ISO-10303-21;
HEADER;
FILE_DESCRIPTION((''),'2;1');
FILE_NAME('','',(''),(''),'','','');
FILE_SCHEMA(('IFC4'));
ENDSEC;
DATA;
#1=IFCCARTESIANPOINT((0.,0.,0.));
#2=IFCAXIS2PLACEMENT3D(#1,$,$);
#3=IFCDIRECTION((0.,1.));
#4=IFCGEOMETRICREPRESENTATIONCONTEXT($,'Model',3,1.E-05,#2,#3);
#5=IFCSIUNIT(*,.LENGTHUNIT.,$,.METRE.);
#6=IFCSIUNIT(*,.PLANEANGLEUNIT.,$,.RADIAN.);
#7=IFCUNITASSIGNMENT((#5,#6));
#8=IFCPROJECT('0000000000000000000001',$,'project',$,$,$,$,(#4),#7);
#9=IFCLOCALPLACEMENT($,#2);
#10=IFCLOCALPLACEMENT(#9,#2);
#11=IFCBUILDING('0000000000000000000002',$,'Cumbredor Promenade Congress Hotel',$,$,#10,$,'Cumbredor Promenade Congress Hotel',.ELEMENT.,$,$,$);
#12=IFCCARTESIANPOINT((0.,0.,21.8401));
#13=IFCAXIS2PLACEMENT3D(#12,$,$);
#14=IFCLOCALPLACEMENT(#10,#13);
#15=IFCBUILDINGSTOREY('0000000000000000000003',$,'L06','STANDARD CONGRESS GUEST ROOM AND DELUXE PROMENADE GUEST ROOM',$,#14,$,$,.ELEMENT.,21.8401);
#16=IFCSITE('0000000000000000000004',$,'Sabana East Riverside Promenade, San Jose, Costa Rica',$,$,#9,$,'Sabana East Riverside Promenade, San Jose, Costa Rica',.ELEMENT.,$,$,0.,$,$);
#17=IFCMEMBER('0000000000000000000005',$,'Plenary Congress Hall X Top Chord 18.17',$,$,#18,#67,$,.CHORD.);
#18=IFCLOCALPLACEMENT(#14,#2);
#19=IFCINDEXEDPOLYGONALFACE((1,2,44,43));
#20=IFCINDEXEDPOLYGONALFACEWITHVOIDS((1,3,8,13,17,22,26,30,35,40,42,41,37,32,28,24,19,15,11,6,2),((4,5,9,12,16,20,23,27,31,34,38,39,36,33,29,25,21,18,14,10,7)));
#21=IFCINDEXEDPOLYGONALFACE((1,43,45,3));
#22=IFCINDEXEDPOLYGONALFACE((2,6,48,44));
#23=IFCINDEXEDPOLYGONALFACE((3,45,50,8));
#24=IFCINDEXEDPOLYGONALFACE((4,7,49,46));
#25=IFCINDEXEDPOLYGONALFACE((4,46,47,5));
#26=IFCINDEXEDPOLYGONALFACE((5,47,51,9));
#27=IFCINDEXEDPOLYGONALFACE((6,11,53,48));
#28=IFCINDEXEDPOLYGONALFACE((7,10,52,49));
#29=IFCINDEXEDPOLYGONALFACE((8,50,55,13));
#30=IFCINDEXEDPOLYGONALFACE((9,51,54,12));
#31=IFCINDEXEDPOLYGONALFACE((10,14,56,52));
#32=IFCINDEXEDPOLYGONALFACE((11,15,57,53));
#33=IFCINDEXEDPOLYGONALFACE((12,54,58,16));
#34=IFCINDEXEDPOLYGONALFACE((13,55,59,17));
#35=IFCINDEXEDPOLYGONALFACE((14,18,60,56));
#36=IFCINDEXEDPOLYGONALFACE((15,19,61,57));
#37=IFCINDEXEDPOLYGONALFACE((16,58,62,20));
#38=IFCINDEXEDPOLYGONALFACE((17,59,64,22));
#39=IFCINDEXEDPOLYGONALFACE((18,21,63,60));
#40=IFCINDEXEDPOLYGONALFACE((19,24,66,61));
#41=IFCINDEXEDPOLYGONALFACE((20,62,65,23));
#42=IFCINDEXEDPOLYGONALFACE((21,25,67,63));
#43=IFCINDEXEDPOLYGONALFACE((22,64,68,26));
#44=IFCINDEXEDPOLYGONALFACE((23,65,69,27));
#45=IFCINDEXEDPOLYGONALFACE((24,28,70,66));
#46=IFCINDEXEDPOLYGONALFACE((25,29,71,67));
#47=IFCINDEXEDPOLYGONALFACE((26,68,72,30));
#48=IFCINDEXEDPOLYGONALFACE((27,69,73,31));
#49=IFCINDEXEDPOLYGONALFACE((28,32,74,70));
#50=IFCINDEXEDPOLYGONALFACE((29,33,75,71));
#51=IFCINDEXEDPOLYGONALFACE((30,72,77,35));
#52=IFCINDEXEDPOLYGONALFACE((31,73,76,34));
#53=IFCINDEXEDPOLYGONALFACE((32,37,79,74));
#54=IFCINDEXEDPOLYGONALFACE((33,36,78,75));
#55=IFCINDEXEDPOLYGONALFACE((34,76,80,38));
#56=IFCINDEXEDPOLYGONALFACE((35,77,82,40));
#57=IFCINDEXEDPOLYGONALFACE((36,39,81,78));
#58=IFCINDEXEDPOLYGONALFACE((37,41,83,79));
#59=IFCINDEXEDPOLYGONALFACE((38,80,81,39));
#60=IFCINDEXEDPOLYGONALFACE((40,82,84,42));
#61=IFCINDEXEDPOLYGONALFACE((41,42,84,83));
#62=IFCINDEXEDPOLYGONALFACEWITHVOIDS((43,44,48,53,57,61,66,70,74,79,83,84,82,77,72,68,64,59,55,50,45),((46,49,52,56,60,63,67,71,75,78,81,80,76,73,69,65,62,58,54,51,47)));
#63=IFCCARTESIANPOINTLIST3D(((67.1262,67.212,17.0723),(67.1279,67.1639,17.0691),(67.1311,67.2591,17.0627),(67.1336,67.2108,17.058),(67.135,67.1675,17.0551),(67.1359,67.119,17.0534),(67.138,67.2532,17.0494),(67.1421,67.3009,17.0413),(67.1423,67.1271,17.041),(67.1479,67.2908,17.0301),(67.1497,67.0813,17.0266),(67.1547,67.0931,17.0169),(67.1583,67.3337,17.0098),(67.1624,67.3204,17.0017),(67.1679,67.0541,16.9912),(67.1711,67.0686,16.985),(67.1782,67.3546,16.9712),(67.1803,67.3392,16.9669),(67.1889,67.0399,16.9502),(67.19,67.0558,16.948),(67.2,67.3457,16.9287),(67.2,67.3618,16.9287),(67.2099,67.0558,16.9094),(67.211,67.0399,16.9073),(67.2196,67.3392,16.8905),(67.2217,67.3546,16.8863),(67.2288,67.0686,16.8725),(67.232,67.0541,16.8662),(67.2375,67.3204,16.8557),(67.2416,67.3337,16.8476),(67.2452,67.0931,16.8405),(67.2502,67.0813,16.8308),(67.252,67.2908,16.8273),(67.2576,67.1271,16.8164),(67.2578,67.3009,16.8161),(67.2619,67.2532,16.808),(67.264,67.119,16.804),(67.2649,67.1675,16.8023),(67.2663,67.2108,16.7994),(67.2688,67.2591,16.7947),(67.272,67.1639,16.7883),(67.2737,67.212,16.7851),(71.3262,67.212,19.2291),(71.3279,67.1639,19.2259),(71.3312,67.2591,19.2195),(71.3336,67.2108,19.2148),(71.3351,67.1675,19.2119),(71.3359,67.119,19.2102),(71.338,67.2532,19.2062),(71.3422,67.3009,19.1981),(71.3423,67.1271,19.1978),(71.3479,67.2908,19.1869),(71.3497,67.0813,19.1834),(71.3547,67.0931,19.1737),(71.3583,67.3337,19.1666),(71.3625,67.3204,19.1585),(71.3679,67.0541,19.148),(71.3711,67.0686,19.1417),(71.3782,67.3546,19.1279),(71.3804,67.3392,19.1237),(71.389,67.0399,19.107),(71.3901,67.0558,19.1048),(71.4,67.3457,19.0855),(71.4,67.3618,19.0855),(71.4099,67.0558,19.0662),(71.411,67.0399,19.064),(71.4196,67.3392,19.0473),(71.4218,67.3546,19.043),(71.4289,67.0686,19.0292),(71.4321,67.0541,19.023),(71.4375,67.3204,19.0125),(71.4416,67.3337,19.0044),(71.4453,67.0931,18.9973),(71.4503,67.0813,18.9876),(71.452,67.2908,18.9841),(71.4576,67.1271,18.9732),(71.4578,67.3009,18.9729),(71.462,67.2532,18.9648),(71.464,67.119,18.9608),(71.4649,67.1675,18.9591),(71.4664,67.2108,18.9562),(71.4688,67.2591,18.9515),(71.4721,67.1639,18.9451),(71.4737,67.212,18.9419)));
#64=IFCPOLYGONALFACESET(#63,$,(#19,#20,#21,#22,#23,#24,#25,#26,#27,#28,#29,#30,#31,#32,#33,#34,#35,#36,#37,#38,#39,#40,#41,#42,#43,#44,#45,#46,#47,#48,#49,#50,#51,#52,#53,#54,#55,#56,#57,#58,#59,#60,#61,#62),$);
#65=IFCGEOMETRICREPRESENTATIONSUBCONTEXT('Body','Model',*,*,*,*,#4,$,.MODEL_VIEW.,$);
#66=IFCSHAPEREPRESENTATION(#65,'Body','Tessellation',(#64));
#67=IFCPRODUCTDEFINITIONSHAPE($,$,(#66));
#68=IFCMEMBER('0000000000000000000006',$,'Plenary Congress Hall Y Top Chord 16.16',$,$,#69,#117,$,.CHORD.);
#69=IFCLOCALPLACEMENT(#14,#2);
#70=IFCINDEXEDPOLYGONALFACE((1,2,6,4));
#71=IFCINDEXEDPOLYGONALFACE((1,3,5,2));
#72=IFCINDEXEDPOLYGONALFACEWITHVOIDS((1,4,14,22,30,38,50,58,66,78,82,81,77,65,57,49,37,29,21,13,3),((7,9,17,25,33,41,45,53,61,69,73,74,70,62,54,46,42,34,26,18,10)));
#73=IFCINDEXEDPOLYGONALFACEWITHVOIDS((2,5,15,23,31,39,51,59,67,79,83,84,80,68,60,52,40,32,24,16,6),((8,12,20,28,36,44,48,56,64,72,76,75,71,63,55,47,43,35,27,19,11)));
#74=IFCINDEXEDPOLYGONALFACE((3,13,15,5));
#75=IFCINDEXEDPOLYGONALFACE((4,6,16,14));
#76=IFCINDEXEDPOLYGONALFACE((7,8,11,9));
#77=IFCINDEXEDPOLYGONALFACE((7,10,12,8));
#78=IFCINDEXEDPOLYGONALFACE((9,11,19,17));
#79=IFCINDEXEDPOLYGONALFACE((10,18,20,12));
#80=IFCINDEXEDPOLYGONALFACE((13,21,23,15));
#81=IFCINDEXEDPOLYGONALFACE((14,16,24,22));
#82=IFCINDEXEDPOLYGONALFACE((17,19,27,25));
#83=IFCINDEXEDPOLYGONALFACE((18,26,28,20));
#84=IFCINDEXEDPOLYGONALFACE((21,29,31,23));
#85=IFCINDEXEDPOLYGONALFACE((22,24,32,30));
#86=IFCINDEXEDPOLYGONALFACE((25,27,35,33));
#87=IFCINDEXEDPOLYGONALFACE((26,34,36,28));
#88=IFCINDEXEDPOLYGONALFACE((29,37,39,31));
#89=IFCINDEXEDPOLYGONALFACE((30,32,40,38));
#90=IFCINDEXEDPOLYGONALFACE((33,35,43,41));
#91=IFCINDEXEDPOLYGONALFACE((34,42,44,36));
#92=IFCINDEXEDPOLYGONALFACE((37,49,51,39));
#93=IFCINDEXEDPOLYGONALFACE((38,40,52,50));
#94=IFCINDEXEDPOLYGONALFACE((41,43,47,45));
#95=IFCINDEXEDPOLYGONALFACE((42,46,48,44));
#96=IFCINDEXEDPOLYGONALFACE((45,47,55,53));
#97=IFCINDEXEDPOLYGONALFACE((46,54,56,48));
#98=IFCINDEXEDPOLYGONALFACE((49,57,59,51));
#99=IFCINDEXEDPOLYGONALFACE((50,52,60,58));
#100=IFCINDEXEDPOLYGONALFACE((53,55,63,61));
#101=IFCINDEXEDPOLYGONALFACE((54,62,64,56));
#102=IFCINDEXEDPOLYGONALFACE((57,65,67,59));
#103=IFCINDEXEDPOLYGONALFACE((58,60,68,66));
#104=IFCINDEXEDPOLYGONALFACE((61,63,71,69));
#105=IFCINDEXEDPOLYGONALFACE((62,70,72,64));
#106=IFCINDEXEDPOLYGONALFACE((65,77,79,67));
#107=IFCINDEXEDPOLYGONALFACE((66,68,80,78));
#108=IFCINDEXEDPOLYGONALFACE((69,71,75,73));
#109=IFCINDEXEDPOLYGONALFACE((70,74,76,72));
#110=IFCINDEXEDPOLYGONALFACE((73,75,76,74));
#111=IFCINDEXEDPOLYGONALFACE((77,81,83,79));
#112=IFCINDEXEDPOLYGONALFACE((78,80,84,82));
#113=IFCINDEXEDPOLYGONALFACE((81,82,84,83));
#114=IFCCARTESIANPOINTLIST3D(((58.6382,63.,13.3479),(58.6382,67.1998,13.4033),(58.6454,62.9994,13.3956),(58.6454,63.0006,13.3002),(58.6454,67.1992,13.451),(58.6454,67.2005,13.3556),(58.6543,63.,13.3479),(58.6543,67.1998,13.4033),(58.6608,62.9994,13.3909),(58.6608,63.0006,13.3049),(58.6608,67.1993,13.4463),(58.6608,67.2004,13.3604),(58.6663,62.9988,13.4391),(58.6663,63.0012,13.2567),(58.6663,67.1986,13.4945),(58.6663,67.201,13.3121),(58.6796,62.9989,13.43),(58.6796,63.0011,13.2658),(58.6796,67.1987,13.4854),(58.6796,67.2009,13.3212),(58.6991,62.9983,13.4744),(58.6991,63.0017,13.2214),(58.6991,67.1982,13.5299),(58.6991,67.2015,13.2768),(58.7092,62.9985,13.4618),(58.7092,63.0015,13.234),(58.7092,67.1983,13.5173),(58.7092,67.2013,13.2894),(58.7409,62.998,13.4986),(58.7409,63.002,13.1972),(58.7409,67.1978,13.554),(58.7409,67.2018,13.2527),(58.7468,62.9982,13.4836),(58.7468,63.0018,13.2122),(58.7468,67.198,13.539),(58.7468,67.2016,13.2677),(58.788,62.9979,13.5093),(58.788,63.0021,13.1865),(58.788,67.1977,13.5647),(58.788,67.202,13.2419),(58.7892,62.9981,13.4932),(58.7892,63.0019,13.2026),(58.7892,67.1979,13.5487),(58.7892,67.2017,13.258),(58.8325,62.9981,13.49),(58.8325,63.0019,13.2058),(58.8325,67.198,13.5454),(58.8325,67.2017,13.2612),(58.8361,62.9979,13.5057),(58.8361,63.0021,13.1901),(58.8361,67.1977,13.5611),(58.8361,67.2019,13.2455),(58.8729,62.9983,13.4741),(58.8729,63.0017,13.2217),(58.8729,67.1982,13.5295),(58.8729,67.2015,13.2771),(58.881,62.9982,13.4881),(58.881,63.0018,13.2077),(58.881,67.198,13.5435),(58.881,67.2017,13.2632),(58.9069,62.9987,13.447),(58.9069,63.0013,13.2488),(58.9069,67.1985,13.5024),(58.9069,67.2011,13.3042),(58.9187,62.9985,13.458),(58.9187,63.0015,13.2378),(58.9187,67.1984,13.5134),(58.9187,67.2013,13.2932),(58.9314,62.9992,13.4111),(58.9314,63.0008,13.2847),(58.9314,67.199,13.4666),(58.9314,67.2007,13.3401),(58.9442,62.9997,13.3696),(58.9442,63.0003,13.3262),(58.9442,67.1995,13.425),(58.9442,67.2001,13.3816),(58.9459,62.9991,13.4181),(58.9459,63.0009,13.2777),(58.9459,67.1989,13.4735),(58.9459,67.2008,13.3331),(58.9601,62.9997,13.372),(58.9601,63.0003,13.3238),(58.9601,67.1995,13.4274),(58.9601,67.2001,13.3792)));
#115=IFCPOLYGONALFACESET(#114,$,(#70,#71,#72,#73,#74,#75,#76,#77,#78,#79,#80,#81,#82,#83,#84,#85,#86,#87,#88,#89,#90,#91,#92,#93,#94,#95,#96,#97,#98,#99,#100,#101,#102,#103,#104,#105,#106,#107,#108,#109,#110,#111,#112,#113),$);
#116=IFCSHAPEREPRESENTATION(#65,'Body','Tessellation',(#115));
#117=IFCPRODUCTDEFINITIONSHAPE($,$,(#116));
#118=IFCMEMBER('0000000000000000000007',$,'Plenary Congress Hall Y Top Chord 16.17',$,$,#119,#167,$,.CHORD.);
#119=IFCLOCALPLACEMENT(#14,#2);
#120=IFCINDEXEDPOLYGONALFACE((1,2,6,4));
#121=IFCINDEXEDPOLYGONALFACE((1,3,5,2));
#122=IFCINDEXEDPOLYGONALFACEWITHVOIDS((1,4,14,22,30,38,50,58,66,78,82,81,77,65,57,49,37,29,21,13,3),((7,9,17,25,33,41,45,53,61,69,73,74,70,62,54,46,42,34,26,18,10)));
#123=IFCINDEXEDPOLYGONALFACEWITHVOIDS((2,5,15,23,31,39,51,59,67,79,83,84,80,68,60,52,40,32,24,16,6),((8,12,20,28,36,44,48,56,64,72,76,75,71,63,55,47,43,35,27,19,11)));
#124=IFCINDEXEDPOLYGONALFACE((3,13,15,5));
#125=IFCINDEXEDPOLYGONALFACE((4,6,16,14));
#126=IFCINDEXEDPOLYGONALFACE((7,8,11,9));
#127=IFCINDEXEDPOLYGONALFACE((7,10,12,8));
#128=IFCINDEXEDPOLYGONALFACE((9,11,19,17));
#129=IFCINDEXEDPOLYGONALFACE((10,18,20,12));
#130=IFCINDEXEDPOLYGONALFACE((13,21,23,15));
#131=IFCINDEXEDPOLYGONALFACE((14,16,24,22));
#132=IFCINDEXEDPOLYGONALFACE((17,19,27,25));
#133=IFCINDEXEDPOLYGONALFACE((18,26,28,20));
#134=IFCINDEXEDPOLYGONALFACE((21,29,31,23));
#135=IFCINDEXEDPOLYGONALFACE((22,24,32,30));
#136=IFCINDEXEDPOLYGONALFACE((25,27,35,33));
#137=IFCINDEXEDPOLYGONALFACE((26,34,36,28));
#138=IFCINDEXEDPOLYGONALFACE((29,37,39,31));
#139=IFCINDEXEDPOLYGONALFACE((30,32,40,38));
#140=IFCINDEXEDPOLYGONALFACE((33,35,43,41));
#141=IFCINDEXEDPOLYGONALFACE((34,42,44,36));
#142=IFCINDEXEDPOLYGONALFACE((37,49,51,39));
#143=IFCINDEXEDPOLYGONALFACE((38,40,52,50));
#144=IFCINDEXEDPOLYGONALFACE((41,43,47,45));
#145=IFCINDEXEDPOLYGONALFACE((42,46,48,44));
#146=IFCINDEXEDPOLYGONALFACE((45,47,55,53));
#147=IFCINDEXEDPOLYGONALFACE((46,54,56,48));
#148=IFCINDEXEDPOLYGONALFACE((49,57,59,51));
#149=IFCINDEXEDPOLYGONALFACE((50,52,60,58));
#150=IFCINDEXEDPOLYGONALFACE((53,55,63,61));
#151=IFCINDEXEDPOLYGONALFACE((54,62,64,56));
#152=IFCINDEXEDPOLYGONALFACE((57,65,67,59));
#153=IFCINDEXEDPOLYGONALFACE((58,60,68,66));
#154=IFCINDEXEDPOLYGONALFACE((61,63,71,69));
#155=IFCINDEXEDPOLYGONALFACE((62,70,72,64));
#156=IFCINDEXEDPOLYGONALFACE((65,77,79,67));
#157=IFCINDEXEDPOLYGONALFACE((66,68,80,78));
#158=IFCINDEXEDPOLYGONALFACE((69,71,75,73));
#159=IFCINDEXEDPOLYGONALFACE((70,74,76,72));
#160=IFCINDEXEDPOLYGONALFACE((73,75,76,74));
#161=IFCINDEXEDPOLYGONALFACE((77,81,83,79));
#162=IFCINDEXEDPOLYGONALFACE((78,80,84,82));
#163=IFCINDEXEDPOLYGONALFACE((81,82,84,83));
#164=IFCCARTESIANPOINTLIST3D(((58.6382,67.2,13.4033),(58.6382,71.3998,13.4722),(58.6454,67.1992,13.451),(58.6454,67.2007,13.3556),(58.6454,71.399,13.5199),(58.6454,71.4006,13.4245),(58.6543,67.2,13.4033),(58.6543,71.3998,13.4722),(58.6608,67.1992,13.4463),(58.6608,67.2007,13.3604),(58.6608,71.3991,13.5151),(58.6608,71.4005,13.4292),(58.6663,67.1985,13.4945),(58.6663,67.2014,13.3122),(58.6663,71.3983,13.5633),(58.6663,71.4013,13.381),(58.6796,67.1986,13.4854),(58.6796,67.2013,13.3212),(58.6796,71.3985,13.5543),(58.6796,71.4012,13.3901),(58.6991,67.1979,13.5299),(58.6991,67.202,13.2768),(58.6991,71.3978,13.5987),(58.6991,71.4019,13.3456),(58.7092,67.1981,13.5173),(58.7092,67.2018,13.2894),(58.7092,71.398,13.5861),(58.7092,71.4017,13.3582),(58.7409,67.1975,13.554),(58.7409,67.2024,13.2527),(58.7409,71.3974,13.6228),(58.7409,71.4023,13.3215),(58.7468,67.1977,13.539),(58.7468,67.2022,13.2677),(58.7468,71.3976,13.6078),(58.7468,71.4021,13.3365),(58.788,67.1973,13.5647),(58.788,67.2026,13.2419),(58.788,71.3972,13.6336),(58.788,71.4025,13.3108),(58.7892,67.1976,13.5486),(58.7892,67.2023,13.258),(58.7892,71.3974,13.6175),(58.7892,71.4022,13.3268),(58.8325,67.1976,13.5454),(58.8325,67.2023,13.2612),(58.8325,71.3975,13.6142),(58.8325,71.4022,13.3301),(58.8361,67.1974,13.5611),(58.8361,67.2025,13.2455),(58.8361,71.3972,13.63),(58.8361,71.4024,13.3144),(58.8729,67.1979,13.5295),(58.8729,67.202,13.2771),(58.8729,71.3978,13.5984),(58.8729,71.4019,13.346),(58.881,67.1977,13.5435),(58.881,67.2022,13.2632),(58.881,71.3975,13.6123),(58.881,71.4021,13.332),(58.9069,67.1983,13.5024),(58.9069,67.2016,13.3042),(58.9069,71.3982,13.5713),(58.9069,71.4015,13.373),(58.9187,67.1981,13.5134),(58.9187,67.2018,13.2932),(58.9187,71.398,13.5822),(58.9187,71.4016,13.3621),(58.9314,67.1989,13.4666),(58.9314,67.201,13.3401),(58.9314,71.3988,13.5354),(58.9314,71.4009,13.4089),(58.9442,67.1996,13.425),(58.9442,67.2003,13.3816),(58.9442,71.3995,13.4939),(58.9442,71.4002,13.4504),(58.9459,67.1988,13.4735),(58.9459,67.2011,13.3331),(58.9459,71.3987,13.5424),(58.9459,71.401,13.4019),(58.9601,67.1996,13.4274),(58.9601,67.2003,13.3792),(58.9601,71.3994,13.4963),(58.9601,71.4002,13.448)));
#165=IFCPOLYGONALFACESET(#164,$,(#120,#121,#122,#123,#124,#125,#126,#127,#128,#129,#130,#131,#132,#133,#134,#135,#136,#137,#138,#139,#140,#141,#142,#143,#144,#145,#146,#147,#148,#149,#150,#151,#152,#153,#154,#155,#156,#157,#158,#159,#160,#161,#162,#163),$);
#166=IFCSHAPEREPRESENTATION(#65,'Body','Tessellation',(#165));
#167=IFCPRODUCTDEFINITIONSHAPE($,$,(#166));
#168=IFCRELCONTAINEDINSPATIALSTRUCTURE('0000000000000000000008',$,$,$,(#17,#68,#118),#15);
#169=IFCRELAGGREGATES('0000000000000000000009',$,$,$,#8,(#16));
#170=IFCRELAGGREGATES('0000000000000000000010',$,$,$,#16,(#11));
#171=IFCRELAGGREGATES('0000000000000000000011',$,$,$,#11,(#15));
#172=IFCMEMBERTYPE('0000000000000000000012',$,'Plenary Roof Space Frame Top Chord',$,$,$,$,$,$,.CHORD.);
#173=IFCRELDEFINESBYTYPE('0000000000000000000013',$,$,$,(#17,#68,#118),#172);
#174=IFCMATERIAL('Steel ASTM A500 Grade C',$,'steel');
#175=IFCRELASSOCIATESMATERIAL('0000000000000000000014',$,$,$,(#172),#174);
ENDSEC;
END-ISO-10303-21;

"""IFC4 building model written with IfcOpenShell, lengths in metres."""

from ifc_helpers import new_model, si_unit, direction, frame, origin, origin_2d, place, context, subcontext, project, spatial, hollow_circle, extrude, material, material_profile, profile_set, type_object, element, save


model = new_model("IFC4")

# Units and contexts
model_context = context("Model", 3, precision=1e-05, world=origin(), true_north=direction((0.0, 1.0)))
body_context = subcontext(model_context, "Body", "Model", "MODEL_VIEW")
ifc_project = project(units=[si_unit("LENGTHUNIT", "METRE"), si_unit("PLANEANGLEUNIT", "RADIAN")], contexts=[model_context])

# Site, building, storey
site_placement = place(None, origin())
site = spatial("IfcSite", under=ifc_project, at=site_placement, Name="Sabana East Riverside Promenade, San Jose, Costa Rica", LongName="Sabana East Riverside Promenade, San Jose, Costa Rica", CompositionType="ELEMENT", RefElevation=0.0)
building_placement = place(site_placement, origin())
building = spatial("IfcBuilding", under=site, at=building_placement, Name="Cumbredor Promenade Congress Hotel", LongName="Cumbredor Promenade Congress Hotel", CompositionType="ELEMENT")
storey_placement = place(building_placement, frame((0.0, 0.0, 21.8401)))
storey = spatial("IfcBuildingStorey", under=building, at=storey_placement, Name="L06", Description="STANDARD CONGRESS GUEST ROOM AND DELUXE PROMENADE GUEST ROOM", CompositionType="ELEMENT", Elevation=21.8401)

# Members
ifc_material_1 = material(Name="Steel ASTM A500 Grade C", Category="steel")
ifc_material_profile_1 = material_profile(ifc_material_1, hollow_circle(Radius=0.1619, WallThickness=0.0161, at=origin_2d()), Name="CHS 323.9x16")
ifc_profile_set_1 = profile_set([ifc_material_profile_1], Name="Steel ASTM A500 Grade C")
member_type_1 = type_object("IfcMemberType", Name="Plenary Roof Space Frame Top Chord", PredefinedType="CHORD", material=ifc_profile_set_1)
member_1_placement = place(storey_placement, frame((67.2, 67.2, 16.9287), z_axis=(0.889566, 0.0, 0.456806), x_axis=(0.0, 1.0, 0.0)))
element("IfcMember", 1, at=member_1_placement, inside=storey, type_object=member_type_1, Name="Plenary Congress Hall X Top Chord 18.17", PredefinedType="CHORD", context=body_context, shape_type="SweptSolid", body=[
    extrude(hollow_circle(Radius=0.1619, WallThickness=0.0161, at=origin_2d()), origin(), (0.0, 0.0, 1.0), 4.7214),
])
member_2_placement = place(storey_placement, frame((58.8, 63.0, 13.3479), z_axis=(0.0, 0.999913, 0.013194), x_axis=(-1.0, 0.0, 0.0)))
element("IfcMember", 2, at=member_2_placement, inside=storey, type_object=member_type_1, Name="Plenary Congress Hall Y Top Chord 16.16", PredefinedType="CHORD", context=body_context, shape_type="SweptSolid", body=[
    extrude(hollow_circle(Radius=0.1619, WallThickness=0.0161, at=origin_2d()), origin(), (0.0, 0.0, 1.0), 4.2002),
])
member_3_placement = place(storey_placement, frame((58.8, 67.2, 13.4033), z_axis=(0.0, 0.999866, 0.01639), x_axis=(-1.0, 0.0, 0.0)))
element("IfcMember", 3, at=member_3_placement, inside=storey, type_object=member_type_1, Name="Plenary Congress Hall Y Top Chord 16.17", PredefinedType="CHORD", context=body_context, shape_type="SweptSolid", body=[
    extrude(hollow_circle(Radius=0.1619, WallThickness=0.0161, at=origin_2d()), origin(), (0.0, 0.0, 1.0), 4.2004),
])

save(model, "model.ifc")
